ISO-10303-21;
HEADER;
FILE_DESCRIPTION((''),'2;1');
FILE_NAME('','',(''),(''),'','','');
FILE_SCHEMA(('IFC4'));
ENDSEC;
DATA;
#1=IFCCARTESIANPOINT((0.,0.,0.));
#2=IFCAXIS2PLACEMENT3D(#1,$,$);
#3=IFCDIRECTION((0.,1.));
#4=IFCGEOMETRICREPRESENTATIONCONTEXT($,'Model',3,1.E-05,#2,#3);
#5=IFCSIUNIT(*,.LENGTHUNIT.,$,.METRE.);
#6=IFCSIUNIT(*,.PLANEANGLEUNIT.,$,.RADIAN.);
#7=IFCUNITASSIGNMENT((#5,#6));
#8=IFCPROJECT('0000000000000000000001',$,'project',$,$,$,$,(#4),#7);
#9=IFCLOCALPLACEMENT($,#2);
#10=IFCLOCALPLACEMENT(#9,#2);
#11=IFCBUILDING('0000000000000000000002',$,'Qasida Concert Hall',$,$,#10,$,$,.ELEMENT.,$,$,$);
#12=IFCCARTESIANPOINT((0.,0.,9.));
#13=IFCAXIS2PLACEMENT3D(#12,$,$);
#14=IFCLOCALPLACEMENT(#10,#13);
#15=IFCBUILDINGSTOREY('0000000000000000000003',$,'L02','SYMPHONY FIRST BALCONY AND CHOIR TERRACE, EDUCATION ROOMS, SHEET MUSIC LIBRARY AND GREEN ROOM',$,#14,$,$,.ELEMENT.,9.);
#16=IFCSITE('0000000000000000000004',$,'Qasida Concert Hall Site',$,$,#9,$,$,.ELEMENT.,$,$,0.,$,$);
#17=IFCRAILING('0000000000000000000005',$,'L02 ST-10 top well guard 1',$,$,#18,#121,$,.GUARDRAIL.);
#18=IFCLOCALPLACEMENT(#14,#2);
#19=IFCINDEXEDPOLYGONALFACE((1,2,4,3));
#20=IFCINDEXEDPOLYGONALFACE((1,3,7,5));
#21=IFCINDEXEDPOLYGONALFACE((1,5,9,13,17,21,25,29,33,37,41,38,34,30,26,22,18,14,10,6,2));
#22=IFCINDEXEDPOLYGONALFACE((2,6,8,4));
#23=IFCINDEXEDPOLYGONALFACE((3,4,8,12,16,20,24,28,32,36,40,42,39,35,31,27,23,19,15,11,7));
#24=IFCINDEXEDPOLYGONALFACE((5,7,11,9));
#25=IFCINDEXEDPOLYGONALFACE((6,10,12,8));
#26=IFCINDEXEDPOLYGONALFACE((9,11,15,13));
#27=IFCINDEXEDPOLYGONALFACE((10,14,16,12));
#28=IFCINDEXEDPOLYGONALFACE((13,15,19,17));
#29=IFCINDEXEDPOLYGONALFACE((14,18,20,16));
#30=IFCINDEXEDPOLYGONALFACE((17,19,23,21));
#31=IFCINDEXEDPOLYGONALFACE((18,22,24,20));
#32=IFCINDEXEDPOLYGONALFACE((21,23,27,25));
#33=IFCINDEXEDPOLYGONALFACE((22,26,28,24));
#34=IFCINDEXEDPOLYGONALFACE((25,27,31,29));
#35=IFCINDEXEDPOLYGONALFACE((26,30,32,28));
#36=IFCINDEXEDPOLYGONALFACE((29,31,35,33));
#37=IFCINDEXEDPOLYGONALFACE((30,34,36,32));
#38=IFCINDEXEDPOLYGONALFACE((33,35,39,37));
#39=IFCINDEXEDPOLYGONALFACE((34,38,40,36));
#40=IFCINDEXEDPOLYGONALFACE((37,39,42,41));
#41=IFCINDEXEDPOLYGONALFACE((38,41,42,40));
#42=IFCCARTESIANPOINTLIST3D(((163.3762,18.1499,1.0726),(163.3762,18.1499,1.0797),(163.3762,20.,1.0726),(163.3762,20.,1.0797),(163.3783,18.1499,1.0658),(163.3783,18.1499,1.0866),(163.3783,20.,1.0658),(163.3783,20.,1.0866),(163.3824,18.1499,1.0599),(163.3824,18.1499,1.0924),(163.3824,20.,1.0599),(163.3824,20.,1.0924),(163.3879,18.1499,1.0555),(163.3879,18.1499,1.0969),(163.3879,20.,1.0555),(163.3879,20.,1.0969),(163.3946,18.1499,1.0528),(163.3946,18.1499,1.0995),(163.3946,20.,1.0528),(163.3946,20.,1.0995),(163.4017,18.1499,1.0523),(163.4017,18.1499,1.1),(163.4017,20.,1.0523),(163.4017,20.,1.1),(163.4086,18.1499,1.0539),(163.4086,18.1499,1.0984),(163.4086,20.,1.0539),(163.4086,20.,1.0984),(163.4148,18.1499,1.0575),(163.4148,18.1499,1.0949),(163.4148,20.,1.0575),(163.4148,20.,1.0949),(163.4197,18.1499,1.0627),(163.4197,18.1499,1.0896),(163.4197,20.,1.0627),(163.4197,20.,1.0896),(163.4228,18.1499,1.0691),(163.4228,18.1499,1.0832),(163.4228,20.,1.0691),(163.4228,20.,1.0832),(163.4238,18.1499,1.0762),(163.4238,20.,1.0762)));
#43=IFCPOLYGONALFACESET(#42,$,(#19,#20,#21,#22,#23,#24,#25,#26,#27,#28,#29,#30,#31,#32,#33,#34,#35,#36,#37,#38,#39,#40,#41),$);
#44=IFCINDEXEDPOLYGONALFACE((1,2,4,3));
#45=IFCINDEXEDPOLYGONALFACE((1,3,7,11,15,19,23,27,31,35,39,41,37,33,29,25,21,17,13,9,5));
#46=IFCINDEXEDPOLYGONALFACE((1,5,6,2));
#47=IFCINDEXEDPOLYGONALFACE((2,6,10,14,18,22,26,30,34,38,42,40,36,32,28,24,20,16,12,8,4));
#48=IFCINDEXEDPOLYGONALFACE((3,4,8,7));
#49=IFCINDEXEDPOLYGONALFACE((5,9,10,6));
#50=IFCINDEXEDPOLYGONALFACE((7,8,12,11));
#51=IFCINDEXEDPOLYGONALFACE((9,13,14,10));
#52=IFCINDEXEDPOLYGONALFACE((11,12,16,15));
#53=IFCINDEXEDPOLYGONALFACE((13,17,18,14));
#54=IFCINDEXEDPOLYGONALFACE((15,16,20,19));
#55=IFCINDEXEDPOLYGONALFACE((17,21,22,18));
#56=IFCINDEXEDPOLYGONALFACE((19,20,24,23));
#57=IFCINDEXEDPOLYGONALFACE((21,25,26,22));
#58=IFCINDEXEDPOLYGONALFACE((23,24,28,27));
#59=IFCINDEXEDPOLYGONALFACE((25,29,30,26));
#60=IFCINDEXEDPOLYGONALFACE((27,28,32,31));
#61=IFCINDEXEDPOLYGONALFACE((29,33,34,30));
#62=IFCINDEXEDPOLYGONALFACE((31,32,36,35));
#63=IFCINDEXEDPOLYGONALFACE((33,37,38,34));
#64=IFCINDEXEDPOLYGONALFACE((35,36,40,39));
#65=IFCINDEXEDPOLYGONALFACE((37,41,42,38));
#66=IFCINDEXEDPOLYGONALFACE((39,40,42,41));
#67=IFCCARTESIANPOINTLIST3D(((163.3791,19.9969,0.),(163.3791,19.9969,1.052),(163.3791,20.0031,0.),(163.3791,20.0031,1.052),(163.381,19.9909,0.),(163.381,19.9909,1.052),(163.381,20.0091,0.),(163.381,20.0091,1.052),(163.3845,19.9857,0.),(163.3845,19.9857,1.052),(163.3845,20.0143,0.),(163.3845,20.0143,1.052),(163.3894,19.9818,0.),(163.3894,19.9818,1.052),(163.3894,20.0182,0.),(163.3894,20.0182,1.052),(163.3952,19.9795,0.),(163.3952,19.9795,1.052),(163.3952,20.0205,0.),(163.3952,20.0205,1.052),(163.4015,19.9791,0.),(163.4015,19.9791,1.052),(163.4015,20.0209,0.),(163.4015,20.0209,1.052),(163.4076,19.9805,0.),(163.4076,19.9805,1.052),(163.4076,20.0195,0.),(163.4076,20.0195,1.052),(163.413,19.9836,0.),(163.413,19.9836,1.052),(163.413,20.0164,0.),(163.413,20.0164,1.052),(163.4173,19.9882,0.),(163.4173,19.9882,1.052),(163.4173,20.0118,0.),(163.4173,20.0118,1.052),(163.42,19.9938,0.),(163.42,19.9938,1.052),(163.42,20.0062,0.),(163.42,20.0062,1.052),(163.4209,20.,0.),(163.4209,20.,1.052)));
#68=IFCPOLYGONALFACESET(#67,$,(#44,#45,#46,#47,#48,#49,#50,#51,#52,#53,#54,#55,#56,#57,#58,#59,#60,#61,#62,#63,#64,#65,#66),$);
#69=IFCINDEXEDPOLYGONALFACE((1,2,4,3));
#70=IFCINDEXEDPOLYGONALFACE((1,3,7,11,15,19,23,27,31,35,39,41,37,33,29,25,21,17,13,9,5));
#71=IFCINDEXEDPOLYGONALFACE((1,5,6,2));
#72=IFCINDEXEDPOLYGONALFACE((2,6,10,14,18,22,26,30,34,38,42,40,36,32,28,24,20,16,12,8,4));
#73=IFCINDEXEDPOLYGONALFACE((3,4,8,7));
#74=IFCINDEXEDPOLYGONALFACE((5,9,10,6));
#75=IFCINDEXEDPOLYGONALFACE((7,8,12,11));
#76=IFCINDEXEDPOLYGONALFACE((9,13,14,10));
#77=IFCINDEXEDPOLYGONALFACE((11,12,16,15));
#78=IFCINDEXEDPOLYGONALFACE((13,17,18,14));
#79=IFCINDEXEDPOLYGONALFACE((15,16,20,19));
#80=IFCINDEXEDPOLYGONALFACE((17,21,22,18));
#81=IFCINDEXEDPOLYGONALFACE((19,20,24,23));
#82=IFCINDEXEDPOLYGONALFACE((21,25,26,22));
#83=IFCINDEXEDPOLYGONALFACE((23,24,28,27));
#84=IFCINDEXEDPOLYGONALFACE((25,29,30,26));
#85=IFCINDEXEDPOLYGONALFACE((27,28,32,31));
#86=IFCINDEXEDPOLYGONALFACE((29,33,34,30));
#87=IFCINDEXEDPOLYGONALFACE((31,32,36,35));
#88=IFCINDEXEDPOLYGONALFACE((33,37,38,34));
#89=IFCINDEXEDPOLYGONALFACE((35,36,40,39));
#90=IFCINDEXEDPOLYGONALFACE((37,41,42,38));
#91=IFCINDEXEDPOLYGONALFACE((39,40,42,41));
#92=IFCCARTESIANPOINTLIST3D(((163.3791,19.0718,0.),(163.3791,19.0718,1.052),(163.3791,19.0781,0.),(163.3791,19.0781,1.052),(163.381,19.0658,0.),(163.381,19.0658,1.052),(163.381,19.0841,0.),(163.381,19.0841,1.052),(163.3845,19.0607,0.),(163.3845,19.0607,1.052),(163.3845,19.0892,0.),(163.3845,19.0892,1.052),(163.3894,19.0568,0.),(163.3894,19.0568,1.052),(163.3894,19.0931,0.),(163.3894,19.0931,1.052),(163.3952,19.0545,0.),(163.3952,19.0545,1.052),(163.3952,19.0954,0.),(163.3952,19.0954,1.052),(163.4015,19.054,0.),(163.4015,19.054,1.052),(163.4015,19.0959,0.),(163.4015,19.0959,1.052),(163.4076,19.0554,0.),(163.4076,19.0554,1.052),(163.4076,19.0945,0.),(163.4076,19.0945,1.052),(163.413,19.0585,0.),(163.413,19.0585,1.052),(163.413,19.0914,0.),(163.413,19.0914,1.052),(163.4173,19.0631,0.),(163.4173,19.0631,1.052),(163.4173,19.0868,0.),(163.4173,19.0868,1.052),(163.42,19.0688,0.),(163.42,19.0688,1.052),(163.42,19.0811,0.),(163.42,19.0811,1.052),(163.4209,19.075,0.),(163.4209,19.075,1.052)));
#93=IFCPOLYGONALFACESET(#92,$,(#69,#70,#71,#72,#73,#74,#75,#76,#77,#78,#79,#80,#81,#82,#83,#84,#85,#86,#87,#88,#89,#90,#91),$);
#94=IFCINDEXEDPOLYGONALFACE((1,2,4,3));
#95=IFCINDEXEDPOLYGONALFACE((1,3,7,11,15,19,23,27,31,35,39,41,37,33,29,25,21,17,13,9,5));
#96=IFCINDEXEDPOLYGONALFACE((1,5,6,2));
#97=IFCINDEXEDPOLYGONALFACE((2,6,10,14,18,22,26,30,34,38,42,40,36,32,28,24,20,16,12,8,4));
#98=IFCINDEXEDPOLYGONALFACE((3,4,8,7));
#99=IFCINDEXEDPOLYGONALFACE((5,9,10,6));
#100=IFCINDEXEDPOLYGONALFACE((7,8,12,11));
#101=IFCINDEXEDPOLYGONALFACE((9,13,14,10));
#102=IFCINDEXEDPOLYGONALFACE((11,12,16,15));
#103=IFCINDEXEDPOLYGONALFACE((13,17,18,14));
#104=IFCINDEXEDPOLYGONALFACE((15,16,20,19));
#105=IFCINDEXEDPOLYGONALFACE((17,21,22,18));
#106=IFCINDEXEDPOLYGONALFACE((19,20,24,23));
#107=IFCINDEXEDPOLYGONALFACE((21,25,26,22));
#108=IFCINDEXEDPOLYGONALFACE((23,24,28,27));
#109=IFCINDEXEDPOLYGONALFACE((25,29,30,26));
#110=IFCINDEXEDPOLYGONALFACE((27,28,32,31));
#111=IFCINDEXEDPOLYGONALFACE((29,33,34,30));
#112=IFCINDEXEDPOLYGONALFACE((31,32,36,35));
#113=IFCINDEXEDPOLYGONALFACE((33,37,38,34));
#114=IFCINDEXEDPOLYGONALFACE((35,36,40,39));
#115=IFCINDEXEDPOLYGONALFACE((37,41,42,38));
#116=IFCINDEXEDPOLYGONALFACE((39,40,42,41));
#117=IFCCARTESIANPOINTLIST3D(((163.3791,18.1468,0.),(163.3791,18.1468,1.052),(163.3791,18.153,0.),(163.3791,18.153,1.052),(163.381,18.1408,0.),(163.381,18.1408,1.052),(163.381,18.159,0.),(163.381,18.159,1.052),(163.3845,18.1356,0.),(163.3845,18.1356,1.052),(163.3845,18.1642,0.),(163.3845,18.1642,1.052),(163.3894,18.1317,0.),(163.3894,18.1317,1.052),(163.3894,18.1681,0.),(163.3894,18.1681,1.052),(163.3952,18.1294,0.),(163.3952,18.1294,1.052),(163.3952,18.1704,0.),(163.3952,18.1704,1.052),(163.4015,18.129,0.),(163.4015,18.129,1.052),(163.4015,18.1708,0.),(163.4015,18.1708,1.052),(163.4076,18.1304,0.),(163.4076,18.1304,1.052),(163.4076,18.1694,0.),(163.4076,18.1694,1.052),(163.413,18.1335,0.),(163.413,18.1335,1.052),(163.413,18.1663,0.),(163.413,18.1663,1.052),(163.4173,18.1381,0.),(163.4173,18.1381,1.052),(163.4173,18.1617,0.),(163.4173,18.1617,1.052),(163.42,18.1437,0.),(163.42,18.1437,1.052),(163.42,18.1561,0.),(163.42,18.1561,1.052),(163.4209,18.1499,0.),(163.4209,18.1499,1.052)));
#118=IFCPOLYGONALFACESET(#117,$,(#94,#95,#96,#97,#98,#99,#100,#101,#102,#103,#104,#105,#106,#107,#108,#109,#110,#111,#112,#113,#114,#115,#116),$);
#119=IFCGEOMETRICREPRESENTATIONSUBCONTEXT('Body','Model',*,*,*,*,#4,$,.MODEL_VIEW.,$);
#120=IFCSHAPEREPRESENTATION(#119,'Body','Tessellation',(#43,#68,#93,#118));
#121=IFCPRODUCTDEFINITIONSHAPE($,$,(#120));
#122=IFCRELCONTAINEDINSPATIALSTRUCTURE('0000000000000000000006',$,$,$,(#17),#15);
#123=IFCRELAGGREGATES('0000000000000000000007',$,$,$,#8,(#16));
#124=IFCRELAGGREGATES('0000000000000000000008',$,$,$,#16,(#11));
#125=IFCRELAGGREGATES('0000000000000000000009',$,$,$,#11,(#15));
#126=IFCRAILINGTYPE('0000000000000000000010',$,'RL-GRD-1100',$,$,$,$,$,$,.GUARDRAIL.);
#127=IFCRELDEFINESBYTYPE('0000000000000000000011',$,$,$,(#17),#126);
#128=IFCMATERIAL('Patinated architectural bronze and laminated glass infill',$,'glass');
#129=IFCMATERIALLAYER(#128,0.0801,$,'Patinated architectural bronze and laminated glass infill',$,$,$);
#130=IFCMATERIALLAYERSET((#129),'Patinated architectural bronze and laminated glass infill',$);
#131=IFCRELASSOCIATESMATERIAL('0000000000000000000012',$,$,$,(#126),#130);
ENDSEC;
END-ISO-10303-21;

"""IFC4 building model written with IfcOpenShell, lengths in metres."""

from ifc_helpers import new_model, si_unit, direction, frame, origin, origin_2d, place, context, subcontext, project, spatial, circle, extrude, material, layer, layer_set, type_object, element, save


model = new_model("IFC4")

# Units and contexts
model_context = context("Model", 3, precision=1e-05, world=origin(), true_north=direction((0.0, 1.0)))
body_context = subcontext(model_context, "Body", "Model", "MODEL_VIEW")
ifc_project = project(units=[si_unit("LENGTHUNIT", "METRE"), si_unit("PLANEANGLEUNIT", "RADIAN")], contexts=[model_context])

# Site, building, storey
site_placement = place(None, origin())
site = spatial("IfcSite", under=ifc_project, at=site_placement, Name="Qasida Concert Hall Site", CompositionType="ELEMENT", RefElevation=0.0)
building_placement = place(site_placement, origin())
building = spatial("IfcBuilding", under=site, at=building_placement, Name="Qasida Concert Hall", CompositionType="ELEMENT")
storey_placement = place(building_placement, frame((0.0, 0.0, 9.0)))
storey = spatial("IfcBuildingStorey", under=building, at=storey_placement, Name="L02", Description="SYMPHONY FIRST BALCONY AND CHOIR TERRACE, EDUCATION ROOMS, SHEET MUSIC LIBRARY AND GREEN ROOM", CompositionType="ELEMENT", Elevation=9.0)

# Railing
ifc_material_1 = material(Name="Patinated architectural bronze and laminated glass infill", Category="glass")
ifc_layer_1 = layer(ifc_material_1, 0.0801, Name="Patinated architectural bronze and laminated glass infill")
ifc_layer_set_1 = layer_set([ifc_layer_1], Name="Patinated architectural bronze and laminated glass infill")
railing_type = type_object("IfcRailingType", Name="RL-GRD-1100", PredefinedType="GUARDRAIL", material=ifc_layer_set_1)
railing_placement = place(storey_placement, frame((163.3999, 20.0, 0.0)))
element("IfcRailing", 1, at=railing_placement, inside=storey, type_object=railing_type, Name="L02 ST-10 top well guard 1", PredefinedType="GUARDRAIL", context=body_context, shape_type="SweptSolid", body=[
    extrude(circle(Radius=0.0239, at=origin_2d()), frame((0.0, 0.0, 1.0762), z_axis=(0.0, -1.0, 0.0), x_axis=(1.0, 0.0, 0.0)), (0.0, 0.0, 1.0), 1.8501),
    extrude(circle(Radius=0.021, at=origin_2d()), origin(), (0.0, 0.0, 1.0), 1.052),
    extrude(circle(Radius=0.021, at=origin_2d()), frame((0.0, -0.925, 0.0)), (0.0, 0.0, 1.0), 1.052),
    extrude(circle(Radius=0.021, at=origin_2d()), frame((0.0, -1.8501, 0.0)), (0.0, 0.0, 1.0), 1.052),
])

save(model, "model.ifc")
